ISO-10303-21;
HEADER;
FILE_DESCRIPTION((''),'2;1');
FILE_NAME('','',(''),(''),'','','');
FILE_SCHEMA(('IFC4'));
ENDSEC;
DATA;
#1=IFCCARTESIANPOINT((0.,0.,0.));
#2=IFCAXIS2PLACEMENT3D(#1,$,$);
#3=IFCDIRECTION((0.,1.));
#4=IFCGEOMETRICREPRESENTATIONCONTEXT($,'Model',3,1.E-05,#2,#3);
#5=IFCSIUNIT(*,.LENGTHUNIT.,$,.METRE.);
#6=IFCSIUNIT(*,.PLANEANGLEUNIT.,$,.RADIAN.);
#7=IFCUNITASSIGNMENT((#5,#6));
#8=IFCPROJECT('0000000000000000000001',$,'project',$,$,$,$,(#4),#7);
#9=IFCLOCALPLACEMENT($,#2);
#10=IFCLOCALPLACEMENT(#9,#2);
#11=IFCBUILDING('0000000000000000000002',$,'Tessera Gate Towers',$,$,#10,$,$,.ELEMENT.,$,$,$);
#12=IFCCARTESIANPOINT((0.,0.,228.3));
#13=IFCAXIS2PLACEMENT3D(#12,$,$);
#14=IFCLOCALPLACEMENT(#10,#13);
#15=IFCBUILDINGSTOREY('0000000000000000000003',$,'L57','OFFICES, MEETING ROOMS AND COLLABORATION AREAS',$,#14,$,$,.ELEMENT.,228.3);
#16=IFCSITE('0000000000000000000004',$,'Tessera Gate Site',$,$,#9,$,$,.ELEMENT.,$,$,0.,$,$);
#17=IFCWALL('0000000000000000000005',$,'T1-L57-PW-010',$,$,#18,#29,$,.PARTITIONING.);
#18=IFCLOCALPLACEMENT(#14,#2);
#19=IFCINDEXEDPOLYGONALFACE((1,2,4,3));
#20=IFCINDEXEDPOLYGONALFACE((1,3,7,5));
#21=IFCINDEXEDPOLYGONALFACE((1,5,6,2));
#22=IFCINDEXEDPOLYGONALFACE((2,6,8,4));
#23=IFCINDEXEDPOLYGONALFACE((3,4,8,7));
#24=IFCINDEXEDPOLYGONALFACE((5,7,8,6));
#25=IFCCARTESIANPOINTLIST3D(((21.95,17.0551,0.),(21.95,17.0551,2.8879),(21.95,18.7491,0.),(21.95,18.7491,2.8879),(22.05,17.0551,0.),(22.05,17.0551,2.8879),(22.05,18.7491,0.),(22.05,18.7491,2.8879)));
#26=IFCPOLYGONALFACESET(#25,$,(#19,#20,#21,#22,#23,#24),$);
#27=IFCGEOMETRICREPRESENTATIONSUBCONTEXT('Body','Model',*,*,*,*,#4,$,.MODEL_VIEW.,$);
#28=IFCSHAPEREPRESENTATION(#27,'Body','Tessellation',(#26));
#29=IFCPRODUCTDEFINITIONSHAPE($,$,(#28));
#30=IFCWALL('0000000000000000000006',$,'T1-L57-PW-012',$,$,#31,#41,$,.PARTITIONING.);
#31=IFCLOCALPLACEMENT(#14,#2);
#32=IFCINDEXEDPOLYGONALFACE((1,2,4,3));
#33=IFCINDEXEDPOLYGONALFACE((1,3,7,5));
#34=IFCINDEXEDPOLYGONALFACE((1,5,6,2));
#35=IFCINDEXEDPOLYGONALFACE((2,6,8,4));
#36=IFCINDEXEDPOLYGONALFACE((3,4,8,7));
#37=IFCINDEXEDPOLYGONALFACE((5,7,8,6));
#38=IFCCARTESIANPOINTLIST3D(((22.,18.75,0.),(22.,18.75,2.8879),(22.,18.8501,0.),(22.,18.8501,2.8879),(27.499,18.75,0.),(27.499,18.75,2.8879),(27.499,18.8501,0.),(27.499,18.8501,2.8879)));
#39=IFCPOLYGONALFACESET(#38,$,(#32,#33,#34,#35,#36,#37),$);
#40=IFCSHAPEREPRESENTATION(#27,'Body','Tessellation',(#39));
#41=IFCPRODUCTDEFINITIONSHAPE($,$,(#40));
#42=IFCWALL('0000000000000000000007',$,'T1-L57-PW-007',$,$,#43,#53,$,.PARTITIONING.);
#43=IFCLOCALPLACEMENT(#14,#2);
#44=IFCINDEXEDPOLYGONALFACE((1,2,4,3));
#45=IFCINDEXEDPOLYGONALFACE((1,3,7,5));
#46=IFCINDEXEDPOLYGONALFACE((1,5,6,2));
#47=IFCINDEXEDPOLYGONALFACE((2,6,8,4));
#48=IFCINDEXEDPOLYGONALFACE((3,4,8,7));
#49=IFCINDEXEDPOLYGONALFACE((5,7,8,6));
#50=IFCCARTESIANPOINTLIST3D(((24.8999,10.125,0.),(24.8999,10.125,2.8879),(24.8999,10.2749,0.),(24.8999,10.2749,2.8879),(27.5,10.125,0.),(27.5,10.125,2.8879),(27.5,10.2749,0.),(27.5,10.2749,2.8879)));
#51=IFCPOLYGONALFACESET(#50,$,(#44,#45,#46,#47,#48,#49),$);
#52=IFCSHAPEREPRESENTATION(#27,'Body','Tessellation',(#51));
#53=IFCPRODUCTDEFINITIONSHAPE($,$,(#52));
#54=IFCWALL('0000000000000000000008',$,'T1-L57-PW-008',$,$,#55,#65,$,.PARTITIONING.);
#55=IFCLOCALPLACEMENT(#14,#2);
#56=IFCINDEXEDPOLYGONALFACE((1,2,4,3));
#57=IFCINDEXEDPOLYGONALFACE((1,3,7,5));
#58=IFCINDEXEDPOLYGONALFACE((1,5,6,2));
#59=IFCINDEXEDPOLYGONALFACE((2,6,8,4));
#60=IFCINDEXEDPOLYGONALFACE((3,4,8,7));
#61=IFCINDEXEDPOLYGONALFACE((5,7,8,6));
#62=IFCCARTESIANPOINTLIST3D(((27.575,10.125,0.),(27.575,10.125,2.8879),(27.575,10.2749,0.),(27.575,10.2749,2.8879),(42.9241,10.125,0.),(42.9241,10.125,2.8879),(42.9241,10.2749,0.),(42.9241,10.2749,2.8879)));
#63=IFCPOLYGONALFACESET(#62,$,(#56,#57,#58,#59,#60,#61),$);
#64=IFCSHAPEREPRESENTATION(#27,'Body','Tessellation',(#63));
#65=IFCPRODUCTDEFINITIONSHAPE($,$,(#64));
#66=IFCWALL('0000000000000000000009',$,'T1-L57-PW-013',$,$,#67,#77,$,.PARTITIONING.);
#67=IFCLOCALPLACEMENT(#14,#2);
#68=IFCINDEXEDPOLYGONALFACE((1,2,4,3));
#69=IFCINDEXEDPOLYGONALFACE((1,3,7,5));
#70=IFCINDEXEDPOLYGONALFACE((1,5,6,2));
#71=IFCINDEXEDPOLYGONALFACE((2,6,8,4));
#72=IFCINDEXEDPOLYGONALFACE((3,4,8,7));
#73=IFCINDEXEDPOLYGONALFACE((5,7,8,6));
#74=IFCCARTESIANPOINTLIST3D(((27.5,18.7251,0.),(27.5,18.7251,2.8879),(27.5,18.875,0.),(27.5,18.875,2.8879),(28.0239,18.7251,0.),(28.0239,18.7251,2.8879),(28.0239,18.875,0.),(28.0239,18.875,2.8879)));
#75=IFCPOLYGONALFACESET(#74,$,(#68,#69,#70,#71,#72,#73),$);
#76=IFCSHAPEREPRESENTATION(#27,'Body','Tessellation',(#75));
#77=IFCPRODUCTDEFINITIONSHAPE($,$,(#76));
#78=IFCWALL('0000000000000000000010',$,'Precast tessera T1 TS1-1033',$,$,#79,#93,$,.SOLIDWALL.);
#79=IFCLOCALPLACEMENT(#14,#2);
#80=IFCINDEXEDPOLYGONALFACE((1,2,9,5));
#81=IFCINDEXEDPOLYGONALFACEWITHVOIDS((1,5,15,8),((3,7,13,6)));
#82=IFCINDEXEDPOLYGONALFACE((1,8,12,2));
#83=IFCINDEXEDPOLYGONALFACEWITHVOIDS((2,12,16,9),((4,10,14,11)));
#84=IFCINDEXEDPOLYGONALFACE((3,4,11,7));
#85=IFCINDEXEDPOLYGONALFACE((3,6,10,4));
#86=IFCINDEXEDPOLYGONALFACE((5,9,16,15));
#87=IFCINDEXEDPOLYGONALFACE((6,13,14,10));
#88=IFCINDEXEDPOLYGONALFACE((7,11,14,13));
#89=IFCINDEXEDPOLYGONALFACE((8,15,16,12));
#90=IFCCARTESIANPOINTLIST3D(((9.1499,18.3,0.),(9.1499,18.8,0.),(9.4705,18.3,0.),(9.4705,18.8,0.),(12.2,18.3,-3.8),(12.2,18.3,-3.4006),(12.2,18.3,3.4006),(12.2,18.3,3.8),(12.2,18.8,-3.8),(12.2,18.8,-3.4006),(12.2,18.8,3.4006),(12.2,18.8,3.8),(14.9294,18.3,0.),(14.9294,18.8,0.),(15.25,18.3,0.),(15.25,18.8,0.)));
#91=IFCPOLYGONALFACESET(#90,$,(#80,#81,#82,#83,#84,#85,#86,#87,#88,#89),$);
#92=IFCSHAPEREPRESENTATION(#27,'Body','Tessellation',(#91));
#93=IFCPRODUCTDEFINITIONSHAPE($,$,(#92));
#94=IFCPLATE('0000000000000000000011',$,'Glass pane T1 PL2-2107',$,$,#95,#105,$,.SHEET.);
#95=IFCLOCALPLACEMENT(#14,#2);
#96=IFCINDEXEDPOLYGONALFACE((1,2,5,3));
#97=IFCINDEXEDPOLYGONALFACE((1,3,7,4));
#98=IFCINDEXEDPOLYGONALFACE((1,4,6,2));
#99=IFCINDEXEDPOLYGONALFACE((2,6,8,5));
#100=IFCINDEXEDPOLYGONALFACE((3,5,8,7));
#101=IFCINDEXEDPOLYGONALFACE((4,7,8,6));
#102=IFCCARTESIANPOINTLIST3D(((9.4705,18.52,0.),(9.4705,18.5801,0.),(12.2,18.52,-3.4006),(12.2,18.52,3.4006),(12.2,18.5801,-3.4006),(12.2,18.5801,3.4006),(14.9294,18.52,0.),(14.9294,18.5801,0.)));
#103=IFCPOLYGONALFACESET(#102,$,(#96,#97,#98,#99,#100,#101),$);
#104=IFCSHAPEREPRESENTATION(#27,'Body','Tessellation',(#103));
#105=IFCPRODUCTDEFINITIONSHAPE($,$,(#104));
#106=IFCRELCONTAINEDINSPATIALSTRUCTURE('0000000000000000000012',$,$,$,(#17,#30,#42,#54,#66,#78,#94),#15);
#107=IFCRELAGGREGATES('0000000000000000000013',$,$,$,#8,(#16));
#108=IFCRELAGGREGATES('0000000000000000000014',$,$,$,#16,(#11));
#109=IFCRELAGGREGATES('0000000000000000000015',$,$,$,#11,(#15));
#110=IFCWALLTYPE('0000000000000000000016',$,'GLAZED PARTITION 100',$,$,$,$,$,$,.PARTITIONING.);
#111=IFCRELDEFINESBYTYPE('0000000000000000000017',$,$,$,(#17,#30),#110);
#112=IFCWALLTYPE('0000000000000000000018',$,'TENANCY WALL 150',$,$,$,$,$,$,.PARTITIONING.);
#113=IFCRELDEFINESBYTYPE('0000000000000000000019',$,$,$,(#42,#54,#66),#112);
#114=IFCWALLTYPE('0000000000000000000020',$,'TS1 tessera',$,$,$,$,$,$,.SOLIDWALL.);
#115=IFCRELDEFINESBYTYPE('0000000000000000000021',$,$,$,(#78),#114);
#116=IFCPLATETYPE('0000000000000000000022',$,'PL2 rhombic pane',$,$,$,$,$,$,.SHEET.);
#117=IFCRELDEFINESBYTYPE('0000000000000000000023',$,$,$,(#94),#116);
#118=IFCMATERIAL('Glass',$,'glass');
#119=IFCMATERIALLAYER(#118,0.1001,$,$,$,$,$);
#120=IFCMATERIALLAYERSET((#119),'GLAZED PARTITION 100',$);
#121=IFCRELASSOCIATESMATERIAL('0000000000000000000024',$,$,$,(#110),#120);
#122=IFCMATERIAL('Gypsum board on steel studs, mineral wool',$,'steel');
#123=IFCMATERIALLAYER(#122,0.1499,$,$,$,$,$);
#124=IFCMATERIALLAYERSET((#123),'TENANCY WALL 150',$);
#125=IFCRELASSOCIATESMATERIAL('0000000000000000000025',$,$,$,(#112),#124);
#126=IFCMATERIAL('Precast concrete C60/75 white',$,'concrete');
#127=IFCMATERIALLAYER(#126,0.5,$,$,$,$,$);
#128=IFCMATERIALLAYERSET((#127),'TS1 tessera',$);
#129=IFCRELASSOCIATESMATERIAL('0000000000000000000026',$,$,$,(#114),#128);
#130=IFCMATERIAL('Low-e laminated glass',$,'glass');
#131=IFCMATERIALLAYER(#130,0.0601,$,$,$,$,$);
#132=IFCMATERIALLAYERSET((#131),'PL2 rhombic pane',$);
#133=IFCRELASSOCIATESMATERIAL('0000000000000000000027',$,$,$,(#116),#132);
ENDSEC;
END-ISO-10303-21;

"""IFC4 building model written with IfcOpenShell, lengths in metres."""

from ifc_helpers import new_model, si_unit, direction, frame, frame_2d, origin, place, context, subcontext, project, spatial, polyline, rectangle, outline, extrude, source, transform, mapped, material, layer, layer_set, type_object, element, fill, save


model = new_model("IFC4")

# Units and contexts
model_context = context("Model", 3, precision=1e-05, world=origin(), true_north=direction((0.0, 1.0)))
body_context = subcontext(model_context, "Body", "Model", "MODEL_VIEW")
ifc_project = project(units=[si_unit("LENGTHUNIT", "METRE"), si_unit("PLANEANGLEUNIT", "RADIAN")], contexts=[model_context])

# Site, building, storey
site_placement = place(None, origin())
site = spatial("IfcSite", under=ifc_project, at=site_placement, Name="Tessera Gate Site", CompositionType="ELEMENT", RefElevation=0.0)
building_placement = place(site_placement, origin())
building = spatial("IfcBuilding", under=site, at=building_placement, Name="Tessera Gate Towers", CompositionType="ELEMENT")
storey_placement = place(building_placement, frame((0.0, 0.0, 228.3)))
storey = spatial("IfcBuildingStorey", under=building, at=storey_placement, Name="L57", Description="OFFICES, MEETING ROOMS AND COLLABORATION AREAS", CompositionType="ELEMENT", Elevation=228.3)

# Shared definitions
ifc_material_1 = material(Name="Glass", Category="glass")
ifc_layer_1 = layer(ifc_material_1, 0.1001)
ifc_layer_set_1 = layer_set([ifc_layer_1], Name="GLAZED PARTITION 100")
wall_type_1 = type_object("IfcWallType", Name="GLAZED PARTITION 100", PredefinedType="PARTITIONING", material=ifc_layer_set_1)

# Walls
wall_1_placement = place(storey_placement, frame((22.0, 17.0549, 0.0), z_axis=(0.0, 0.0, 1.0), x_axis=(0.0, 1.0, 0.0)))
element("IfcWall", 1, at=wall_1_placement, inside=storey, type_object=wall_type_1, Name="T1-L57-PW-010", PredefinedType="PARTITIONING", context=body_context, shape_type="SweptSolid", body=[
    extrude(rectangle(XDim=1.6941, YDim=0.1001, at=frame_2d((0.8472, 0.0))), origin(), (0.0, 0.0, 1.0), 2.8879),
])
wall_2_placement = place(storey_placement, frame((22.0, 18.8, 0.0), z_axis=(0.0, 0.0, 1.0), x_axis=(1.0, 0.0, 0.0)))
element("IfcWall", 2, at=wall_2_placement, inside=storey, type_object=wall_type_1, Name="T1-L57-PW-012", PredefinedType="PARTITIONING", context=body_context, shape_type="SweptSolid", body=[
    extrude(rectangle(XDim=5.499, YDim=0.1001, at=frame_2d((2.7495, 0.0))), origin(), (0.0, 0.0, 1.0), 2.8879),
])
ifc_material_2 = material(Name="Gypsum board on steel studs, mineral wool", Category="steel")
ifc_layer_2 = layer(ifc_material_2, 0.1499)
ifc_layer_set_2 = layer_set([ifc_layer_2], Name="TENANCY WALL 150")
wall_type_2 = type_object("IfcWallType", Name="TENANCY WALL 150", PredefinedType="PARTITIONING", material=ifc_layer_set_2)
wall_3_placement = place(storey_placement, frame((24.8999, 10.2, 0.0), z_axis=(0.0, 0.0, 1.0), x_axis=(1.0, 0.0, 0.0)))
element("IfcWall", 3, at=wall_3_placement, inside=storey, type_object=wall_type_2, Name="T1-L57-PW-007", PredefinedType="PARTITIONING", context=body_context, shape_type="SweptSolid", body=[
    extrude(rectangle(XDim=2.6001, YDim=0.1499, at=frame_2d((1.3, 0.0))), origin(), (0.0, 0.0, 1.0), 2.8879),
])
wall_4_placement = place(storey_placement, frame((27.575, 10.2, 0.0), z_axis=(0.0, 0.0, 1.0), x_axis=(1.0, 0.0, 0.0)))
element("IfcWall", 4, at=wall_4_placement, inside=storey, type_object=wall_type_2, Name="T1-L57-PW-008", PredefinedType="PARTITIONING", context=body_context, shape_type="SweptSolid", body=[
    extrude(rectangle(XDim=15.3491, YDim=0.1499, at=frame_2d((7.6746, 0.0))), origin(), (0.0, 0.0, 1.0), 2.8879),
])
wall_5_placement = place(storey_placement, frame((27.5, 18.8, 0.0), z_axis=(0.0, 0.0, 1.0), x_axis=(1.0, 0.0, 0.0)))
element("IfcWall", 5, at=wall_5_placement, inside=storey, type_object=wall_type_2, Name="T1-L57-PW-013", PredefinedType="PARTITIONING", context=body_context, shape_type="SweptSolid", body=[
    extrude(rectangle(XDim=0.5239, YDim=0.1499, at=frame_2d((0.262, 0.0))), origin(), (0.0, 0.0, 1.0), 2.8879),
])

# Wall, opening, plate
ifc_material_3 = material(Name="Precast concrete C60/75 white", Category="concrete")
ifc_layer_3 = layer(ifc_material_3, 0.5)
ifc_layer_set_3 = layer_set([ifc_layer_3], Name="TS1 tessera")
wall_type_3 = type_object("IfcWallType", Name="TS1 tessera", PredefinedType="SOLIDWALL", material=ifc_layer_set_3)
shared_shape_1 = source(origin(), body_context, "Body", "SweptSolid", [
    extrude(outline(polyline([(3.05, 0.0), (6.1001, 3.8), (3.05, 7.6001), (0.0, 3.8), (3.05, 0.0)])), frame((0.0, 0.25, 0.0), z_axis=(0.0, -1.0, 0.0), x_axis=(1.0, 0.0, 0.0)), (0.0, 0.0, 1.0), 0.5),
])
wall_6_placement = place(storey_placement, frame((9.1499, 18.55, -3.8), z_axis=(0.0, 0.0, 1.0), x_axis=(1.0, 0.0, 0.0)))
wall_6 = element("IfcWall", 6, at=wall_6_placement, inside=storey, type_object=wall_type_3, Name="Precast tessera T1 TS1-1033", PredefinedType="SOLIDWALL", context=body_context, shape_type="MappedRepresentation", body=[
    mapped(shared_shape_1, transform((0.0, 0.0, 0.0), scale=1.0)),
])
shared_shape_2 = source(origin(), body_context, "Body", "SweptSolid", [
    extrude(outline(polyline([(3.05, 0.3994), (5.7795, 3.8), (3.05, 7.2007), (0.3206, 3.8), (3.05, 0.3994)])), frame((0.0, 0.26, 0.0), z_axis=(0.0, -1.0, 0.0), x_axis=(1.0, 0.0, 0.0)), (0.0, 0.0, 1.0), 0.52),
])
opening_1_placement = place(wall_6_placement, origin())
opening_1 = element("IfcOpeningElement", 7, at=opening_1_placement, cuts=wall_6, PredefinedType="OPENING", context=body_context, shape_type="MappedRepresentation", body=[
    mapped(shared_shape_2, transform((0.0, 0.0, 0.0), scale=1.0)),
])
ifc_material_4 = material(Name="Low-e laminated glass", Category="glass")
ifc_layer_4 = layer(ifc_material_4, 0.0601)
ifc_layer_set_4 = layer_set([ifc_layer_4], Name="PL2 rhombic pane")
plate_type = type_object("IfcPlateType", Name="PL2 rhombic pane", PredefinedType="SHEET", material=ifc_layer_set_4)
shared_shape_3 = source(origin(), body_context, "Body", "SweptSolid", [
    extrude(outline(polyline([(3.05, 0.3994), (5.7795, 3.8), (3.05, 7.2007), (0.3206, 3.8), (3.05, 0.3994)])), frame((0.0, 0.03, 0.0), z_axis=(0.0, -1.0, 0.0), x_axis=(1.0, 0.0, 0.0)), (0.0, 0.0, 1.0), 0.0601),
])
plate_placement = place(opening_1_placement, origin())
plate = element("IfcPlate", 8, at=plate_placement, inside=storey, type_object=plate_type, Name="Glass pane T1 PL2-2107", PredefinedType="SHEET", context=body_context, shape_type="MappedRepresentation", body=[
    mapped(shared_shape_3, transform((0.0, 0.0, 0.0), scale=1.0)),
])
fill(opening_1, plate)

save(model, "model.ifc")
